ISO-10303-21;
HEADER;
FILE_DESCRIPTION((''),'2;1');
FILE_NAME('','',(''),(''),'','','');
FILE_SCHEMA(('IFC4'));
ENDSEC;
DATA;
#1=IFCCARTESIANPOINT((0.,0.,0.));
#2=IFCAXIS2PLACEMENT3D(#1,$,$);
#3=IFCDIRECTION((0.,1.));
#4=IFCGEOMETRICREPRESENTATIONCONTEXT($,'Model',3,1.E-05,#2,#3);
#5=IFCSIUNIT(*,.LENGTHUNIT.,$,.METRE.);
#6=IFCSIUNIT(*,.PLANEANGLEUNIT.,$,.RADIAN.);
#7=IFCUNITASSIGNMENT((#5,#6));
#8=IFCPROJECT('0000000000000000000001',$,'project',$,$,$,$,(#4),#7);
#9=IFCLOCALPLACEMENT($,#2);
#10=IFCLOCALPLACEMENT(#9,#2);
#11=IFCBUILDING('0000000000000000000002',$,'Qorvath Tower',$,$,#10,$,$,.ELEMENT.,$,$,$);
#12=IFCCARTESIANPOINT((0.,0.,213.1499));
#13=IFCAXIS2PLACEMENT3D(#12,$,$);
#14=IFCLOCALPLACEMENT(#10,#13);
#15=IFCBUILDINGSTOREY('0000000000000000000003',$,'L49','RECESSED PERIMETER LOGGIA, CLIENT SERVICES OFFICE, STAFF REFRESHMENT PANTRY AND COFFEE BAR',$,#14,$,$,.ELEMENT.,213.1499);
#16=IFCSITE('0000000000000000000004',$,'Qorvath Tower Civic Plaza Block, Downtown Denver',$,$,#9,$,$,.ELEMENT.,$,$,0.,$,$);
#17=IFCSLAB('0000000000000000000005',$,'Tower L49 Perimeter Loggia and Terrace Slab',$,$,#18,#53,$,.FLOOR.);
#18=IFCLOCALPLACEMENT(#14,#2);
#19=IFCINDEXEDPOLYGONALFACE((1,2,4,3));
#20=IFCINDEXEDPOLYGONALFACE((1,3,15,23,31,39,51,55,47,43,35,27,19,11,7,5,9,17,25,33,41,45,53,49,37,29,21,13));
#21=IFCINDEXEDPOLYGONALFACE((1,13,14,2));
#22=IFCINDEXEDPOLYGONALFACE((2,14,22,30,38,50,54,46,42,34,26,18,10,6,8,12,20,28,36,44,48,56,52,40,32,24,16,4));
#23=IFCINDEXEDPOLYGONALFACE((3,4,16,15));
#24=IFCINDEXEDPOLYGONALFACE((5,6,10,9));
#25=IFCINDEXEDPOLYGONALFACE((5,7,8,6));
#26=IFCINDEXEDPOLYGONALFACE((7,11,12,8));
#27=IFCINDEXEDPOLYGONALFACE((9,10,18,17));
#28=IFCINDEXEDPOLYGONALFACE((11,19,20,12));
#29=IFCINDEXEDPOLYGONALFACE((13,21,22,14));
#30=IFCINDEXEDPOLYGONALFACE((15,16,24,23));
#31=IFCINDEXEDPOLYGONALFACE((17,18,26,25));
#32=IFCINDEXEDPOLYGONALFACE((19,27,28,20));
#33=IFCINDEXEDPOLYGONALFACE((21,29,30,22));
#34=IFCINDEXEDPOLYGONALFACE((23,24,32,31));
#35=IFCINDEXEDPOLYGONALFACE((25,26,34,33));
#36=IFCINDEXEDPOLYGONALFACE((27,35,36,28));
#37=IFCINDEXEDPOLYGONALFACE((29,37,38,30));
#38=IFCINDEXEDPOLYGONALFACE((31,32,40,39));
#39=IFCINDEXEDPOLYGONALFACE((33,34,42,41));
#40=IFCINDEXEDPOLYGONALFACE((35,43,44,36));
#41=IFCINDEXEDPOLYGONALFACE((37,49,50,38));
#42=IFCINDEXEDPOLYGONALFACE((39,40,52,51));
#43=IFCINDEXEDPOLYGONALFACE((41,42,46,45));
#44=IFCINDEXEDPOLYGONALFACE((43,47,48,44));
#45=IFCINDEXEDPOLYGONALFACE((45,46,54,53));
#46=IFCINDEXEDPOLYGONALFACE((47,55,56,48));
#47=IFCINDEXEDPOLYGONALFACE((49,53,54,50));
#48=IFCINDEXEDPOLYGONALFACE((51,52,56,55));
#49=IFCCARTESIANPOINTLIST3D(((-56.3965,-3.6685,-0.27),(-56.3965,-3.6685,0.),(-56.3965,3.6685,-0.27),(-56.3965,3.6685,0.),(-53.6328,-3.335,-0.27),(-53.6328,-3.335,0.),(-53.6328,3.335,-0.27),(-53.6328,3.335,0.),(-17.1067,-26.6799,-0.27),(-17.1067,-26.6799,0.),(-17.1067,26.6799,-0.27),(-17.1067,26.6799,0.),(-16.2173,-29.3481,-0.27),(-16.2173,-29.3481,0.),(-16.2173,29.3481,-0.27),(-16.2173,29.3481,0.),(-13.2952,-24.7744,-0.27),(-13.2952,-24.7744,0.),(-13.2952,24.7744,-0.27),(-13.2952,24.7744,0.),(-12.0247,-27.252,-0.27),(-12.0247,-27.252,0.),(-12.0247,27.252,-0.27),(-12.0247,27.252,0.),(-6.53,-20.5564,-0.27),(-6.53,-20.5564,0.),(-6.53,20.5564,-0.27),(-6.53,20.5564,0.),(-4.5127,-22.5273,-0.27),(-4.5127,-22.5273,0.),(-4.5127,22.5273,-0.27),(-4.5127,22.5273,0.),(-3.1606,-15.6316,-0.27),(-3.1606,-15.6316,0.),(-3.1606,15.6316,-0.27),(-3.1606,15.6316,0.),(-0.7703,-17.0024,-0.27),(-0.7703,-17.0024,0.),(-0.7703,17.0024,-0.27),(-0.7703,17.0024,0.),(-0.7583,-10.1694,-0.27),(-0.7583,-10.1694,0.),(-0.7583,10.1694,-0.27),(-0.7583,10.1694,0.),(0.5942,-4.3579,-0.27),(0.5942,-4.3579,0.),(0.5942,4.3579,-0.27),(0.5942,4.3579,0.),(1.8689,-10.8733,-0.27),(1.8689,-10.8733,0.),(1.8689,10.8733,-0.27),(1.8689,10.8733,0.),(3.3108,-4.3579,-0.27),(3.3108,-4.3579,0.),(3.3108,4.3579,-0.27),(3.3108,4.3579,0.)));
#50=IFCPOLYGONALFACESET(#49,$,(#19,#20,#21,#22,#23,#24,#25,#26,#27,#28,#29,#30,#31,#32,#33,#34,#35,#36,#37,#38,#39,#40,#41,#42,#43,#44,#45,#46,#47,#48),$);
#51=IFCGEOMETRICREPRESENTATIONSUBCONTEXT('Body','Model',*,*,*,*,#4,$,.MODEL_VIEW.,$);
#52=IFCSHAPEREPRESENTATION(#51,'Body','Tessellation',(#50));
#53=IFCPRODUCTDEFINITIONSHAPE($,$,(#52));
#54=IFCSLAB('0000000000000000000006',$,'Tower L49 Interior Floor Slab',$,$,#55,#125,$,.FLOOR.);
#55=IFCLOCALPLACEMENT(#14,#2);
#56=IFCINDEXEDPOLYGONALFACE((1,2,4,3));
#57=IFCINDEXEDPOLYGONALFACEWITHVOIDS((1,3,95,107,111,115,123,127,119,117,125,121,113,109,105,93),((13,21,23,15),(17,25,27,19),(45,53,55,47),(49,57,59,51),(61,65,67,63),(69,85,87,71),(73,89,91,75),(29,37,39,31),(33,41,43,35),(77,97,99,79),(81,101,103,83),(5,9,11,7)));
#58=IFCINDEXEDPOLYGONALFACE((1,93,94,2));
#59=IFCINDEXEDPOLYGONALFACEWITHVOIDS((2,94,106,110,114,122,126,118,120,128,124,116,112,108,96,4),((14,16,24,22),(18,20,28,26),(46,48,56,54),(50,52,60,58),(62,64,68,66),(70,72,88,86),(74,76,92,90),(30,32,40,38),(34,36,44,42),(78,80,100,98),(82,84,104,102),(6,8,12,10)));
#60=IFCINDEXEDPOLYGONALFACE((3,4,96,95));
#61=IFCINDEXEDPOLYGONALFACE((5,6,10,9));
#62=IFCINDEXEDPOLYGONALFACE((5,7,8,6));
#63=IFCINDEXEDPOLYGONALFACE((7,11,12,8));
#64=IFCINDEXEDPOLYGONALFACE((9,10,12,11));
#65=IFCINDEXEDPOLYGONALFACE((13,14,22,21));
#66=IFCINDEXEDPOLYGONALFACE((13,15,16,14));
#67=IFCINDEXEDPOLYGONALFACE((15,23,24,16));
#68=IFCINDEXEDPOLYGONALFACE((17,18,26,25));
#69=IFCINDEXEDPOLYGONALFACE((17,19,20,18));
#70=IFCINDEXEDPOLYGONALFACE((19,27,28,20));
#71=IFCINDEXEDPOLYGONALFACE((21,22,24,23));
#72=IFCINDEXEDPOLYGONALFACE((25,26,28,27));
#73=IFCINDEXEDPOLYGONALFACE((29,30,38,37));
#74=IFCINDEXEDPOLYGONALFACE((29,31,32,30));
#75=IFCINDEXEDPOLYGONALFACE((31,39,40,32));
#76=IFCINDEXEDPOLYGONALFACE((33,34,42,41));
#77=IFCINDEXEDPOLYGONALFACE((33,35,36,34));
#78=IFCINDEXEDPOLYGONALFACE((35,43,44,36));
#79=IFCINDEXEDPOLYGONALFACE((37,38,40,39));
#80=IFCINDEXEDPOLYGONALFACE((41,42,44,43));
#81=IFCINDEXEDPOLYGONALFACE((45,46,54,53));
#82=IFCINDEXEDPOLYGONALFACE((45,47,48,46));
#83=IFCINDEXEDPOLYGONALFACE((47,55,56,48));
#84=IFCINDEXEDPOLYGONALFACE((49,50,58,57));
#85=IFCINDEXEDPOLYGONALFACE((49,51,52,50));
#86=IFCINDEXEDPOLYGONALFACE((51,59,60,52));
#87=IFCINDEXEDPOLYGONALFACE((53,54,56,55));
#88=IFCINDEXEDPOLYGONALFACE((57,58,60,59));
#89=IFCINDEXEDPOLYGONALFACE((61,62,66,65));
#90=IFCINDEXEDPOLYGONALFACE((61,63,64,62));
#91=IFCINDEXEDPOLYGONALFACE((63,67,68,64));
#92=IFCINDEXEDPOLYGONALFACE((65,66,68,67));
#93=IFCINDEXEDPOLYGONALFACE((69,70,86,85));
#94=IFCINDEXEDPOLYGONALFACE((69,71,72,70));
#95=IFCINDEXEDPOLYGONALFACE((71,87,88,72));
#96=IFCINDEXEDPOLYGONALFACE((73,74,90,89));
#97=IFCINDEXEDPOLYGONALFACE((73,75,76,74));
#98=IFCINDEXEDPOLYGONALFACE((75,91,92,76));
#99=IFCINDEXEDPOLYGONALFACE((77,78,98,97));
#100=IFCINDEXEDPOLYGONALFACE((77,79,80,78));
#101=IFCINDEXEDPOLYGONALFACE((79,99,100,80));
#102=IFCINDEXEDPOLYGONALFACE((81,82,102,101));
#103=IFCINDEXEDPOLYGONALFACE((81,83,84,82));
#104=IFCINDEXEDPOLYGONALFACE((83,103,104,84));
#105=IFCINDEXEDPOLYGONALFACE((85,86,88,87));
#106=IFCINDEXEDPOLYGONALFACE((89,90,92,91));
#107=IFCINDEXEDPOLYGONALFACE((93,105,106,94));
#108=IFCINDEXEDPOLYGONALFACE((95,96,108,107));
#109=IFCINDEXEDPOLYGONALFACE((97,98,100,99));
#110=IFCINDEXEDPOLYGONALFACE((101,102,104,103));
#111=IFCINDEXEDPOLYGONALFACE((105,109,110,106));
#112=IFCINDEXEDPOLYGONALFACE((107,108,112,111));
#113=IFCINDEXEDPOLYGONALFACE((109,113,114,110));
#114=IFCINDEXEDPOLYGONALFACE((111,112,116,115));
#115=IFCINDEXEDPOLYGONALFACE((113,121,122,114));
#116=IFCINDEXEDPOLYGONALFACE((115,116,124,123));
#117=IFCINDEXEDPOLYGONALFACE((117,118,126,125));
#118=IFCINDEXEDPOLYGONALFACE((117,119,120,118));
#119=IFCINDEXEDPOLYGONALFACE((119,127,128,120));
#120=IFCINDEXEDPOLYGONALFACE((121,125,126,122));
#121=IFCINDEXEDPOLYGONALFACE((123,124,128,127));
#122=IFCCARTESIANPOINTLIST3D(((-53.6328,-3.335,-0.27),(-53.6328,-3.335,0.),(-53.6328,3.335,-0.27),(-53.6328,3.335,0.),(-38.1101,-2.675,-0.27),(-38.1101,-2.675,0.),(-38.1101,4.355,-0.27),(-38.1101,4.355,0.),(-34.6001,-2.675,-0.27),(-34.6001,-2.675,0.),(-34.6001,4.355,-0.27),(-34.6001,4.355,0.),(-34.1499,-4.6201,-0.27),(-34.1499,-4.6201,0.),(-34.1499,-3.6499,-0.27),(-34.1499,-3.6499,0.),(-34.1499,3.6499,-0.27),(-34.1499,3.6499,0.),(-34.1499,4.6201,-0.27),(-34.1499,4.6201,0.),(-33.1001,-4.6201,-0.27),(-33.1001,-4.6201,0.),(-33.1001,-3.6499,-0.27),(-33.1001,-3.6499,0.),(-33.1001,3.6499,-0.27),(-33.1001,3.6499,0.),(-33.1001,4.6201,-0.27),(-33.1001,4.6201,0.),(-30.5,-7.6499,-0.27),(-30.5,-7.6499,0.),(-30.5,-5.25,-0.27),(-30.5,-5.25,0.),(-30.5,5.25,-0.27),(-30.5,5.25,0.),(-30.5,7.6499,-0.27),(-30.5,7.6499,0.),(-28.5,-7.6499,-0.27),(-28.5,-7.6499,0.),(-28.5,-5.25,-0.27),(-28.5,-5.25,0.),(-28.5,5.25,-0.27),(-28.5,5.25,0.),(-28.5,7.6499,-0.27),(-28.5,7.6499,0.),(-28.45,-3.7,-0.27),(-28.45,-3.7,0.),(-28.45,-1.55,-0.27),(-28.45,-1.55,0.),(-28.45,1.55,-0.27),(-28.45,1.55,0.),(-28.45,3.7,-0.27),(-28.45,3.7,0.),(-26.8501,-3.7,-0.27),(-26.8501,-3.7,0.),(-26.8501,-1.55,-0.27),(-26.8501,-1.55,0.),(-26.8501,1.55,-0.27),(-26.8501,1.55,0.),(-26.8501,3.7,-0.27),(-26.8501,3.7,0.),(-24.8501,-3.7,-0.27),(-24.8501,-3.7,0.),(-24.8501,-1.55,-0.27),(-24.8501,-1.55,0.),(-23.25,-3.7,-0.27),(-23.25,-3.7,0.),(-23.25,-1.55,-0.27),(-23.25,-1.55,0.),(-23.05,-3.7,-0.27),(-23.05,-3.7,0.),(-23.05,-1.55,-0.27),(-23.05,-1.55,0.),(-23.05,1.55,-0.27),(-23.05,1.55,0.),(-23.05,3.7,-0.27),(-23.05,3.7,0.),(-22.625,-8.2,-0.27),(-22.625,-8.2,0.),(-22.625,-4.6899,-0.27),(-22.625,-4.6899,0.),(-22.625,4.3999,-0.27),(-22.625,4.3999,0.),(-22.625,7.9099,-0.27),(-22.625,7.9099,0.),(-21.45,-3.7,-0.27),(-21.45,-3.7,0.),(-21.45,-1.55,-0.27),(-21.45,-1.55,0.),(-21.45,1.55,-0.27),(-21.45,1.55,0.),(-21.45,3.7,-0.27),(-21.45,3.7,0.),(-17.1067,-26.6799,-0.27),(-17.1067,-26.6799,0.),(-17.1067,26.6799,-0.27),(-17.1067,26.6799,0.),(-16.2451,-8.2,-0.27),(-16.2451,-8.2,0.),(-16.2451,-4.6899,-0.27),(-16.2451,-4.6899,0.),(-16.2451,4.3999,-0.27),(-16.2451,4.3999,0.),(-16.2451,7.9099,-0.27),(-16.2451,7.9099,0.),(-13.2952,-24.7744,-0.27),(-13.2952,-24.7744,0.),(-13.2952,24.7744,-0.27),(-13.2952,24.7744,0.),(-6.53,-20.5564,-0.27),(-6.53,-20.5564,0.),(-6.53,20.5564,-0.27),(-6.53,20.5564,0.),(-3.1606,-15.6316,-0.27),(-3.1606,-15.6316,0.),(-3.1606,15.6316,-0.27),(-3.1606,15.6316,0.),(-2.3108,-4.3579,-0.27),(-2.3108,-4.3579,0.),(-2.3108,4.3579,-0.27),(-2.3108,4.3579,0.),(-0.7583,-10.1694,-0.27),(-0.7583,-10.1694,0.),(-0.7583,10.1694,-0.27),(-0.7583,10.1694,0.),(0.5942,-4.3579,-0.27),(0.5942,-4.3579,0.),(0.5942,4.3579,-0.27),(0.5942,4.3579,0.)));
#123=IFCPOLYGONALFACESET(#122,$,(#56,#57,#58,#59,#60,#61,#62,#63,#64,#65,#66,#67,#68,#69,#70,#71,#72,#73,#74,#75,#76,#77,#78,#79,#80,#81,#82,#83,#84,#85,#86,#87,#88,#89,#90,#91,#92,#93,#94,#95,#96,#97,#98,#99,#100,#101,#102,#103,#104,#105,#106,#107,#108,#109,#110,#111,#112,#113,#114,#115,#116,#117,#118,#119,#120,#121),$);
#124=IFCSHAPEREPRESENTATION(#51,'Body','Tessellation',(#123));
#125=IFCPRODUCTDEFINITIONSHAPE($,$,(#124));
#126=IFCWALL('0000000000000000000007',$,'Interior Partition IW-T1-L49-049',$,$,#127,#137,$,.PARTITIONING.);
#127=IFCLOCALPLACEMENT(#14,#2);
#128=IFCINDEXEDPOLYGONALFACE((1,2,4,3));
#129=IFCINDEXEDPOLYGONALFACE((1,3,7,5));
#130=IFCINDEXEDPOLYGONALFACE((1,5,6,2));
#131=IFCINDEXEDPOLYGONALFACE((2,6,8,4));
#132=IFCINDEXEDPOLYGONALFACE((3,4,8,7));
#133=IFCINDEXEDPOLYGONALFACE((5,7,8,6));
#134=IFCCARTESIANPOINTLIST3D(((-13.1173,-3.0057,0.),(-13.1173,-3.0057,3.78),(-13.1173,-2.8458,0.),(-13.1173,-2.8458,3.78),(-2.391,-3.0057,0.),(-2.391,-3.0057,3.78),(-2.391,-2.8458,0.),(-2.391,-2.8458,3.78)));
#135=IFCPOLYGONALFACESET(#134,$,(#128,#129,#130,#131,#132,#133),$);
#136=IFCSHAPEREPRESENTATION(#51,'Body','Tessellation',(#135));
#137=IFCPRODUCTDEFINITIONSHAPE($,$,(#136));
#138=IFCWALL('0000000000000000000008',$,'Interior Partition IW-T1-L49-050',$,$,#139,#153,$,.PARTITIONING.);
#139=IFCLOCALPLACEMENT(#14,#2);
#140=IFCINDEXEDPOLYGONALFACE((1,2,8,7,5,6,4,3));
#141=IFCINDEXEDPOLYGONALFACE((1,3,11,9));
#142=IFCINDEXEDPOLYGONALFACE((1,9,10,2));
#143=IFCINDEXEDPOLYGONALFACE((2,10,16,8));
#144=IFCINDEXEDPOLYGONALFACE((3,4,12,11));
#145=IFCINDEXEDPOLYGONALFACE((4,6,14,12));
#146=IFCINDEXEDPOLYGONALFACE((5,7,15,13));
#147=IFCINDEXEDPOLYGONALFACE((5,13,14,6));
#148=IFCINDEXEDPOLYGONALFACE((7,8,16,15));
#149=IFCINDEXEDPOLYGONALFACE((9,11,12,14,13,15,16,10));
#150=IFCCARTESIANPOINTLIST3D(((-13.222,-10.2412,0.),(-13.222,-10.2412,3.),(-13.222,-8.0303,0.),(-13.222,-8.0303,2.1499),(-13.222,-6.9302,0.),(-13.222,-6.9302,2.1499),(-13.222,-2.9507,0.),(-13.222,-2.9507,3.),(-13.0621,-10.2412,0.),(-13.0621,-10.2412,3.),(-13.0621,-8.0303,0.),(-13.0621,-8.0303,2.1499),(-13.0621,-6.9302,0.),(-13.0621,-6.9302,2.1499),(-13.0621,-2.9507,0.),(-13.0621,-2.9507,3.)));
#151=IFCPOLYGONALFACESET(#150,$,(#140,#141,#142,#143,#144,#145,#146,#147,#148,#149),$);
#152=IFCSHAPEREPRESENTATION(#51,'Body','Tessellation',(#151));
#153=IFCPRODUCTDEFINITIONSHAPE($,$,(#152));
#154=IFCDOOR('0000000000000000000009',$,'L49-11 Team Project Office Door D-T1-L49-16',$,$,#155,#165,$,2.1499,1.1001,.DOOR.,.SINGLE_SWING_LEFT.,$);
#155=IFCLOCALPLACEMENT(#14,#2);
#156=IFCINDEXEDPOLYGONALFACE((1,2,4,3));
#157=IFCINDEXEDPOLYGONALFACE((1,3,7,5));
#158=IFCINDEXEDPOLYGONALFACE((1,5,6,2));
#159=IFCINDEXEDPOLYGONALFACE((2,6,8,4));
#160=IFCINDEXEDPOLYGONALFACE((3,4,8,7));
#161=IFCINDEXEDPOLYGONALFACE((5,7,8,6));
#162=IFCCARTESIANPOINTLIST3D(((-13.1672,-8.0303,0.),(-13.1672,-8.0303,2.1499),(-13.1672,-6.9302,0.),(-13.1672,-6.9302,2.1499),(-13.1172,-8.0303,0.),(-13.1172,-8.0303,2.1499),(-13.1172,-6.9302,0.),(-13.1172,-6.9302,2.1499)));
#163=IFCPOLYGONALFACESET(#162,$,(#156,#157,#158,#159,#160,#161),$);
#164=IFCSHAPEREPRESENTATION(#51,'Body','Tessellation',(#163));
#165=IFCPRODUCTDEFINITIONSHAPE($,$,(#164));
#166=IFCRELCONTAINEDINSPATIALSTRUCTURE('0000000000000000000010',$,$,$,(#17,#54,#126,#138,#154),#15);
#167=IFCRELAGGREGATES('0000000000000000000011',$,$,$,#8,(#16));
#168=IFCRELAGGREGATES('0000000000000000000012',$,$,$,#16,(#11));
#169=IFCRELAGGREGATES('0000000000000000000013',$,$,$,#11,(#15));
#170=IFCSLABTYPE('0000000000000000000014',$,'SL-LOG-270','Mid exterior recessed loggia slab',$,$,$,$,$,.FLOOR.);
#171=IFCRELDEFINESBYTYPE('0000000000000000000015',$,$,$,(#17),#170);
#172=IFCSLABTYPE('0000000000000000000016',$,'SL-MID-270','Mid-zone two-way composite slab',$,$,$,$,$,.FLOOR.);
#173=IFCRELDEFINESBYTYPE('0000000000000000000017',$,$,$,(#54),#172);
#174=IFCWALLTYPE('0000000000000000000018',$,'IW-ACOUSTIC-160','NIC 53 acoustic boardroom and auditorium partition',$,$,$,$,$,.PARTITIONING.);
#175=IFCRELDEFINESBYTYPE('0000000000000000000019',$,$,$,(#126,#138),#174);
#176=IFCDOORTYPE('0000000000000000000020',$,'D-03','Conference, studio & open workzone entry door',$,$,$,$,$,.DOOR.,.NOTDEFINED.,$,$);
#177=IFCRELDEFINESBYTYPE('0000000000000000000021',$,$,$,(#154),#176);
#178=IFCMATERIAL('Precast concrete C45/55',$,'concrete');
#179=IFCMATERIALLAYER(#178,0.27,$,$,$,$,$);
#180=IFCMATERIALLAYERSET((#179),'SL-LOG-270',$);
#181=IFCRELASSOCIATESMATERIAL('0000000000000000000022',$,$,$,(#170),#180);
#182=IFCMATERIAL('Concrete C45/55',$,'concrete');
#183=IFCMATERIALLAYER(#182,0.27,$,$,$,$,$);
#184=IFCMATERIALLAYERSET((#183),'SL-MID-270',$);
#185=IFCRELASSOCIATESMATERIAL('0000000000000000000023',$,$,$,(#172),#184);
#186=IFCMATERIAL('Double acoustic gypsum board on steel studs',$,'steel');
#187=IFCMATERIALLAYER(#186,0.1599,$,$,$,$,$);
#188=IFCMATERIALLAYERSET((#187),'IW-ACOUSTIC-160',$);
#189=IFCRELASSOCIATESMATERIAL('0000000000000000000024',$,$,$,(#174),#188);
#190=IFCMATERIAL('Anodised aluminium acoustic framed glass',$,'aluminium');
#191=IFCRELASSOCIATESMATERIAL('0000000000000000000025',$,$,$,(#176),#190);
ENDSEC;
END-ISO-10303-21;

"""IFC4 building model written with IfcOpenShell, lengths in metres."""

from ifc_helpers import new_model, si_unit, direction, frame, frame_2d, origin, place, context, subcontext, project, spatial, polyline, rectangle, outline, extrude, material, layer, layer_set, type_object, element, fill, save


model = new_model("IFC4")

# Units and contexts
model_context = context("Model", 3, precision=1e-05, world=origin(), true_north=direction((0.0, 1.0)))
body_context = subcontext(model_context, "Body", "Model", "MODEL_VIEW")
ifc_project = project(units=[si_unit("LENGTHUNIT", "METRE"), si_unit("PLANEANGLEUNIT", "RADIAN")], contexts=[model_context])

# Site, building, storey
site_placement = place(None, origin())
site = spatial("IfcSite", under=ifc_project, at=site_placement, Name="Qorvath Tower Civic Plaza Block, Downtown Denver", CompositionType="ELEMENT", RefElevation=0.0)
building_placement = place(site_placement, origin())
building = spatial("IfcBuilding", under=site, at=building_placement, Name="Qorvath Tower", CompositionType="ELEMENT")
storey_placement = place(building_placement, frame((0.0, 0.0, 213.1499)))
storey = spatial("IfcBuildingStorey", under=building, at=storey_placement, Name="L49", Description="RECESSED PERIMETER LOGGIA, CLIENT SERVICES OFFICE, STAFF REFRESHMENT PANTRY AND COFFEE BAR", CompositionType="ELEMENT", Elevation=213.1499)

# Slabs
ifc_material_1 = material(Name="Precast concrete C45/55", Category="concrete")
ifc_layer_1 = layer(ifc_material_1, 0.27)
ifc_layer_set_1 = layer_set([ifc_layer_1], Name="SL-LOG-270")
slab_type_1 = type_object("IfcSlabType", Name="SL-LOG-270", Description="Mid exterior recessed loggia slab", PredefinedType="FLOOR", material=ifc_layer_set_1)
slab_1_placement = place(storey_placement, frame((0.0, 0.0, -0.27)))
element("IfcSlab", 1, at=slab_1_placement, inside=storey, type_object=slab_type_1, Name="Tower L49 Perimeter Loggia and Terrace Slab", PredefinedType="FLOOR", context=body_context, shape_type="SweptSolid", body=[
    extrude(outline(polyline([(0.5942, -4.3579), (-0.7583, -10.1694), (-3.1606, -15.6316), (-6.53, -20.5564), (-13.2952, -24.7744), (-17.1067, -26.6799), (-53.6328, -3.335), (-53.6328, 3.335), (-17.1067, 26.6799), (-13.2952, 24.7744), (-6.53, 20.5564), (-3.1606, 15.6316), (-0.7583, 10.1694), (0.5942, 4.3579), (3.3108, 4.3579), (1.8689, 10.8733), (-0.7703, 17.0024), (-4.5127, 22.5273), (-12.0247, 27.252), (-16.2173, 29.3481), (-56.3965, 3.6685), (-56.3965, -3.6685), (-16.2173, -29.3481), (-12.0247, -27.252), (-4.5127, -22.5273), (-0.7703, -17.0024), (1.8689, -10.8733), (3.3108, -4.3579), (0.5942, -4.3579)])), origin(), (0.0, 0.0, 1.0), 0.27),
])
ifc_material_2 = material(Name="Concrete C45/55", Category="concrete")
ifc_layer_2 = layer(ifc_material_2, 0.27)
ifc_layer_set_2 = layer_set([ifc_layer_2], Name="SL-MID-270")
slab_type_2 = type_object("IfcSlabType", Name="SL-MID-270", Description="Mid-zone two-way composite slab", PredefinedType="FLOOR", material=ifc_layer_set_2)
slab_2_placement = place(storey_placement, frame((0.0, 0.0, -0.27)))
element("IfcSlab", 2, at=slab_2_placement, inside=storey, type_object=slab_type_2, Name="Tower L49 Interior Floor Slab", PredefinedType="FLOOR", context=body_context, shape_type="SweptSolid", body=[
    extrude(outline(polyline([(-53.6328, 3.335), (-53.6328, -3.335), (-17.1067, -26.6799), (-13.2952, -24.7744), (-6.53, -20.5564), (-3.1606, -15.6316), (-0.7583, -10.1694), (0.5942, -4.3579), (-2.3108, -4.3579), (-2.3108, 4.3579), (0.5942, 4.3579), (-0.7583, 10.1694), (-3.1606, 15.6316), (-6.53, 20.5564), (-13.2952, 24.7744), (-17.1067, 26.6799), (-53.6328, 3.335)]), holes=[polyline([(-16.2451, -8.2), (-22.625, -8.2), (-22.625, -4.6899), (-16.2451, -4.6899), (-16.2451, -8.2)]), polyline([(-22.625, 4.3999), (-22.625, 7.9099), (-16.2451, 7.9099), (-16.2451, 4.3999), (-22.625, 4.3999)]), polyline([(-21.45, -3.7), (-23.05, -3.7), (-23.05, -1.55), (-21.45, -1.55), (-21.45, -3.7)]), polyline([(-23.05, 1.55), (-23.05, 3.7), (-21.45, 3.7), (-21.45, 1.55), (-23.05, 1.55)]), polyline([(-24.8501, -3.7), (-24.8501, -1.55), (-23.25, -1.55), (-23.25, -3.7), (-24.8501, -3.7)]), polyline([(-28.45, -3.7), (-28.45, -1.55), (-26.8501, -1.55), (-26.8501, -3.7), (-28.45, -3.7)]), polyline([(-26.8501, 1.55), (-28.45, 1.55), (-28.45, 3.7), (-26.8501, 3.7), (-26.8501, 1.55)]), polyline([(-28.5, -7.6499), (-30.5, -7.6499), (-30.5, -5.25), (-28.5, -5.25), (-28.5, -7.6499)]), polyline([(-30.5, 5.25), (-30.5, 7.6499), (-28.5, 7.6499), (-28.5, 5.25), (-30.5, 5.25)]), polyline([(-34.1499, -4.6201), (-34.1499, -3.6499), (-33.1001, -3.6499), (-33.1001, -4.6201), (-34.1499, -4.6201)]), polyline([(-34.1499, 3.6499), (-34.1499, 4.6201), (-33.1001, 4.6201), (-33.1001, 3.6499), (-34.1499, 3.6499)]), polyline([(-34.6001, -2.675), (-38.1101, -2.675), (-38.1101, 4.355), (-34.6001, 4.355), (-34.6001, -2.675)])]), origin(), (0.0, 0.0, 1.0), 0.27),
])

# Wall
ifc_material_3 = material(Name="Double acoustic gypsum board on steel studs", Category="steel")
ifc_layer_3 = layer(ifc_material_3, 0.1599)
ifc_layer_set_3 = layer_set([ifc_layer_3], Name="IW-ACOUSTIC-160")
wall_type_1 = type_object("IfcWallType", Name="IW-ACOUSTIC-160", Description="NIC 53 acoustic boardroom and auditorium partition", PredefinedType="PARTITIONING", material=ifc_layer_set_3)
wall_1_placement = place(storey_placement, frame((-2.3909, -2.9258, 0.0), z_axis=(0.0, 0.0, 1.0), x_axis=(-1.0, 0.0, 0.0)))
element("IfcWall", 3, at=wall_1_placement, inside=storey, type_object=wall_type_1, Name="Interior Partition IW-T1-L49-049", PredefinedType="PARTITIONING", context=body_context, shape_type="SweptSolid", body=[
    extrude(rectangle(XDim=10.7263, YDim=0.1599, at=frame_2d((5.3633, 0.0))), origin(), (0.0, 0.0, 1.0), 3.78),
])

# Wall, opening, door
wall_2_placement = place(storey_placement, frame((-13.1421, -2.9507, 0.0), z_axis=(0.0, 0.0, 1.0), x_axis=(0.0, -1.0, 0.0)))
wall_2 = element("IfcWall", 4, at=wall_2_placement, inside=storey, type_object=wall_type_1, Name="Interior Partition IW-T1-L49-050", PredefinedType="PARTITIONING", context=body_context, shape_type="SweptSolid", body=[
    extrude(rectangle(XDim=7.2905, YDim=0.1599, at=frame_2d((3.6453, 0.0))), origin(), (0.0, 0.0, 1.0), 3.0),
])
opening_1_placement = place(wall_2_placement, frame((3.9795, 0.0, 0.0)))
opening_1 = element("IfcOpeningElement", 5, at=opening_1_placement, cuts=wall_2, PredefinedType="OPENING", context=body_context, shape_type="SweptSolid", body=[
    extrude(rectangle(XDim=1.1001, YDim=2.1499, at=frame_2d((0.55, 1.075))), frame((0.0, 0.0898, 0.0), z_axis=(0.0, -1.0, 0.0), x_axis=(1.0, 0.0, 0.0)), (0.0, 0.0, 1.0), 0.1799),
])
ifc_material_4 = material(Name="Anodised aluminium acoustic framed glass", Category="aluminium")
door_type_1 = type_object("IfcDoorType", Name="D-03", Description="Conference, studio & open workzone entry door", OperationType="NOTDEFINED", PredefinedType="DOOR", material=ifc_material_4)
door_1_placement = place(opening_1_placement, origin())
door_1 = element("IfcDoor", 6, at=door_1_placement, inside=storey, type_object=door_type_1, Name="L49-11 Team Project Office Door D-T1-L49-16", OperationType="SINGLE_SWING_LEFT", OverallHeight=2.1499, OverallWidth=1.1001, PredefinedType="DOOR", context=body_context, shape_type="SweptSolid", body=[
    extrude(rectangle(XDim=1.1001, YDim=2.1499, at=frame_2d((0.55, 1.075))), frame((0.0, 0.0249, 0.0), z_axis=(0.0, -1.0, 0.0), x_axis=(1.0, 0.0, 0.0)), (0.0, 0.0, 1.0), 0.05),
])
fill(opening_1, door_1)

save(model, "model.ifc")
